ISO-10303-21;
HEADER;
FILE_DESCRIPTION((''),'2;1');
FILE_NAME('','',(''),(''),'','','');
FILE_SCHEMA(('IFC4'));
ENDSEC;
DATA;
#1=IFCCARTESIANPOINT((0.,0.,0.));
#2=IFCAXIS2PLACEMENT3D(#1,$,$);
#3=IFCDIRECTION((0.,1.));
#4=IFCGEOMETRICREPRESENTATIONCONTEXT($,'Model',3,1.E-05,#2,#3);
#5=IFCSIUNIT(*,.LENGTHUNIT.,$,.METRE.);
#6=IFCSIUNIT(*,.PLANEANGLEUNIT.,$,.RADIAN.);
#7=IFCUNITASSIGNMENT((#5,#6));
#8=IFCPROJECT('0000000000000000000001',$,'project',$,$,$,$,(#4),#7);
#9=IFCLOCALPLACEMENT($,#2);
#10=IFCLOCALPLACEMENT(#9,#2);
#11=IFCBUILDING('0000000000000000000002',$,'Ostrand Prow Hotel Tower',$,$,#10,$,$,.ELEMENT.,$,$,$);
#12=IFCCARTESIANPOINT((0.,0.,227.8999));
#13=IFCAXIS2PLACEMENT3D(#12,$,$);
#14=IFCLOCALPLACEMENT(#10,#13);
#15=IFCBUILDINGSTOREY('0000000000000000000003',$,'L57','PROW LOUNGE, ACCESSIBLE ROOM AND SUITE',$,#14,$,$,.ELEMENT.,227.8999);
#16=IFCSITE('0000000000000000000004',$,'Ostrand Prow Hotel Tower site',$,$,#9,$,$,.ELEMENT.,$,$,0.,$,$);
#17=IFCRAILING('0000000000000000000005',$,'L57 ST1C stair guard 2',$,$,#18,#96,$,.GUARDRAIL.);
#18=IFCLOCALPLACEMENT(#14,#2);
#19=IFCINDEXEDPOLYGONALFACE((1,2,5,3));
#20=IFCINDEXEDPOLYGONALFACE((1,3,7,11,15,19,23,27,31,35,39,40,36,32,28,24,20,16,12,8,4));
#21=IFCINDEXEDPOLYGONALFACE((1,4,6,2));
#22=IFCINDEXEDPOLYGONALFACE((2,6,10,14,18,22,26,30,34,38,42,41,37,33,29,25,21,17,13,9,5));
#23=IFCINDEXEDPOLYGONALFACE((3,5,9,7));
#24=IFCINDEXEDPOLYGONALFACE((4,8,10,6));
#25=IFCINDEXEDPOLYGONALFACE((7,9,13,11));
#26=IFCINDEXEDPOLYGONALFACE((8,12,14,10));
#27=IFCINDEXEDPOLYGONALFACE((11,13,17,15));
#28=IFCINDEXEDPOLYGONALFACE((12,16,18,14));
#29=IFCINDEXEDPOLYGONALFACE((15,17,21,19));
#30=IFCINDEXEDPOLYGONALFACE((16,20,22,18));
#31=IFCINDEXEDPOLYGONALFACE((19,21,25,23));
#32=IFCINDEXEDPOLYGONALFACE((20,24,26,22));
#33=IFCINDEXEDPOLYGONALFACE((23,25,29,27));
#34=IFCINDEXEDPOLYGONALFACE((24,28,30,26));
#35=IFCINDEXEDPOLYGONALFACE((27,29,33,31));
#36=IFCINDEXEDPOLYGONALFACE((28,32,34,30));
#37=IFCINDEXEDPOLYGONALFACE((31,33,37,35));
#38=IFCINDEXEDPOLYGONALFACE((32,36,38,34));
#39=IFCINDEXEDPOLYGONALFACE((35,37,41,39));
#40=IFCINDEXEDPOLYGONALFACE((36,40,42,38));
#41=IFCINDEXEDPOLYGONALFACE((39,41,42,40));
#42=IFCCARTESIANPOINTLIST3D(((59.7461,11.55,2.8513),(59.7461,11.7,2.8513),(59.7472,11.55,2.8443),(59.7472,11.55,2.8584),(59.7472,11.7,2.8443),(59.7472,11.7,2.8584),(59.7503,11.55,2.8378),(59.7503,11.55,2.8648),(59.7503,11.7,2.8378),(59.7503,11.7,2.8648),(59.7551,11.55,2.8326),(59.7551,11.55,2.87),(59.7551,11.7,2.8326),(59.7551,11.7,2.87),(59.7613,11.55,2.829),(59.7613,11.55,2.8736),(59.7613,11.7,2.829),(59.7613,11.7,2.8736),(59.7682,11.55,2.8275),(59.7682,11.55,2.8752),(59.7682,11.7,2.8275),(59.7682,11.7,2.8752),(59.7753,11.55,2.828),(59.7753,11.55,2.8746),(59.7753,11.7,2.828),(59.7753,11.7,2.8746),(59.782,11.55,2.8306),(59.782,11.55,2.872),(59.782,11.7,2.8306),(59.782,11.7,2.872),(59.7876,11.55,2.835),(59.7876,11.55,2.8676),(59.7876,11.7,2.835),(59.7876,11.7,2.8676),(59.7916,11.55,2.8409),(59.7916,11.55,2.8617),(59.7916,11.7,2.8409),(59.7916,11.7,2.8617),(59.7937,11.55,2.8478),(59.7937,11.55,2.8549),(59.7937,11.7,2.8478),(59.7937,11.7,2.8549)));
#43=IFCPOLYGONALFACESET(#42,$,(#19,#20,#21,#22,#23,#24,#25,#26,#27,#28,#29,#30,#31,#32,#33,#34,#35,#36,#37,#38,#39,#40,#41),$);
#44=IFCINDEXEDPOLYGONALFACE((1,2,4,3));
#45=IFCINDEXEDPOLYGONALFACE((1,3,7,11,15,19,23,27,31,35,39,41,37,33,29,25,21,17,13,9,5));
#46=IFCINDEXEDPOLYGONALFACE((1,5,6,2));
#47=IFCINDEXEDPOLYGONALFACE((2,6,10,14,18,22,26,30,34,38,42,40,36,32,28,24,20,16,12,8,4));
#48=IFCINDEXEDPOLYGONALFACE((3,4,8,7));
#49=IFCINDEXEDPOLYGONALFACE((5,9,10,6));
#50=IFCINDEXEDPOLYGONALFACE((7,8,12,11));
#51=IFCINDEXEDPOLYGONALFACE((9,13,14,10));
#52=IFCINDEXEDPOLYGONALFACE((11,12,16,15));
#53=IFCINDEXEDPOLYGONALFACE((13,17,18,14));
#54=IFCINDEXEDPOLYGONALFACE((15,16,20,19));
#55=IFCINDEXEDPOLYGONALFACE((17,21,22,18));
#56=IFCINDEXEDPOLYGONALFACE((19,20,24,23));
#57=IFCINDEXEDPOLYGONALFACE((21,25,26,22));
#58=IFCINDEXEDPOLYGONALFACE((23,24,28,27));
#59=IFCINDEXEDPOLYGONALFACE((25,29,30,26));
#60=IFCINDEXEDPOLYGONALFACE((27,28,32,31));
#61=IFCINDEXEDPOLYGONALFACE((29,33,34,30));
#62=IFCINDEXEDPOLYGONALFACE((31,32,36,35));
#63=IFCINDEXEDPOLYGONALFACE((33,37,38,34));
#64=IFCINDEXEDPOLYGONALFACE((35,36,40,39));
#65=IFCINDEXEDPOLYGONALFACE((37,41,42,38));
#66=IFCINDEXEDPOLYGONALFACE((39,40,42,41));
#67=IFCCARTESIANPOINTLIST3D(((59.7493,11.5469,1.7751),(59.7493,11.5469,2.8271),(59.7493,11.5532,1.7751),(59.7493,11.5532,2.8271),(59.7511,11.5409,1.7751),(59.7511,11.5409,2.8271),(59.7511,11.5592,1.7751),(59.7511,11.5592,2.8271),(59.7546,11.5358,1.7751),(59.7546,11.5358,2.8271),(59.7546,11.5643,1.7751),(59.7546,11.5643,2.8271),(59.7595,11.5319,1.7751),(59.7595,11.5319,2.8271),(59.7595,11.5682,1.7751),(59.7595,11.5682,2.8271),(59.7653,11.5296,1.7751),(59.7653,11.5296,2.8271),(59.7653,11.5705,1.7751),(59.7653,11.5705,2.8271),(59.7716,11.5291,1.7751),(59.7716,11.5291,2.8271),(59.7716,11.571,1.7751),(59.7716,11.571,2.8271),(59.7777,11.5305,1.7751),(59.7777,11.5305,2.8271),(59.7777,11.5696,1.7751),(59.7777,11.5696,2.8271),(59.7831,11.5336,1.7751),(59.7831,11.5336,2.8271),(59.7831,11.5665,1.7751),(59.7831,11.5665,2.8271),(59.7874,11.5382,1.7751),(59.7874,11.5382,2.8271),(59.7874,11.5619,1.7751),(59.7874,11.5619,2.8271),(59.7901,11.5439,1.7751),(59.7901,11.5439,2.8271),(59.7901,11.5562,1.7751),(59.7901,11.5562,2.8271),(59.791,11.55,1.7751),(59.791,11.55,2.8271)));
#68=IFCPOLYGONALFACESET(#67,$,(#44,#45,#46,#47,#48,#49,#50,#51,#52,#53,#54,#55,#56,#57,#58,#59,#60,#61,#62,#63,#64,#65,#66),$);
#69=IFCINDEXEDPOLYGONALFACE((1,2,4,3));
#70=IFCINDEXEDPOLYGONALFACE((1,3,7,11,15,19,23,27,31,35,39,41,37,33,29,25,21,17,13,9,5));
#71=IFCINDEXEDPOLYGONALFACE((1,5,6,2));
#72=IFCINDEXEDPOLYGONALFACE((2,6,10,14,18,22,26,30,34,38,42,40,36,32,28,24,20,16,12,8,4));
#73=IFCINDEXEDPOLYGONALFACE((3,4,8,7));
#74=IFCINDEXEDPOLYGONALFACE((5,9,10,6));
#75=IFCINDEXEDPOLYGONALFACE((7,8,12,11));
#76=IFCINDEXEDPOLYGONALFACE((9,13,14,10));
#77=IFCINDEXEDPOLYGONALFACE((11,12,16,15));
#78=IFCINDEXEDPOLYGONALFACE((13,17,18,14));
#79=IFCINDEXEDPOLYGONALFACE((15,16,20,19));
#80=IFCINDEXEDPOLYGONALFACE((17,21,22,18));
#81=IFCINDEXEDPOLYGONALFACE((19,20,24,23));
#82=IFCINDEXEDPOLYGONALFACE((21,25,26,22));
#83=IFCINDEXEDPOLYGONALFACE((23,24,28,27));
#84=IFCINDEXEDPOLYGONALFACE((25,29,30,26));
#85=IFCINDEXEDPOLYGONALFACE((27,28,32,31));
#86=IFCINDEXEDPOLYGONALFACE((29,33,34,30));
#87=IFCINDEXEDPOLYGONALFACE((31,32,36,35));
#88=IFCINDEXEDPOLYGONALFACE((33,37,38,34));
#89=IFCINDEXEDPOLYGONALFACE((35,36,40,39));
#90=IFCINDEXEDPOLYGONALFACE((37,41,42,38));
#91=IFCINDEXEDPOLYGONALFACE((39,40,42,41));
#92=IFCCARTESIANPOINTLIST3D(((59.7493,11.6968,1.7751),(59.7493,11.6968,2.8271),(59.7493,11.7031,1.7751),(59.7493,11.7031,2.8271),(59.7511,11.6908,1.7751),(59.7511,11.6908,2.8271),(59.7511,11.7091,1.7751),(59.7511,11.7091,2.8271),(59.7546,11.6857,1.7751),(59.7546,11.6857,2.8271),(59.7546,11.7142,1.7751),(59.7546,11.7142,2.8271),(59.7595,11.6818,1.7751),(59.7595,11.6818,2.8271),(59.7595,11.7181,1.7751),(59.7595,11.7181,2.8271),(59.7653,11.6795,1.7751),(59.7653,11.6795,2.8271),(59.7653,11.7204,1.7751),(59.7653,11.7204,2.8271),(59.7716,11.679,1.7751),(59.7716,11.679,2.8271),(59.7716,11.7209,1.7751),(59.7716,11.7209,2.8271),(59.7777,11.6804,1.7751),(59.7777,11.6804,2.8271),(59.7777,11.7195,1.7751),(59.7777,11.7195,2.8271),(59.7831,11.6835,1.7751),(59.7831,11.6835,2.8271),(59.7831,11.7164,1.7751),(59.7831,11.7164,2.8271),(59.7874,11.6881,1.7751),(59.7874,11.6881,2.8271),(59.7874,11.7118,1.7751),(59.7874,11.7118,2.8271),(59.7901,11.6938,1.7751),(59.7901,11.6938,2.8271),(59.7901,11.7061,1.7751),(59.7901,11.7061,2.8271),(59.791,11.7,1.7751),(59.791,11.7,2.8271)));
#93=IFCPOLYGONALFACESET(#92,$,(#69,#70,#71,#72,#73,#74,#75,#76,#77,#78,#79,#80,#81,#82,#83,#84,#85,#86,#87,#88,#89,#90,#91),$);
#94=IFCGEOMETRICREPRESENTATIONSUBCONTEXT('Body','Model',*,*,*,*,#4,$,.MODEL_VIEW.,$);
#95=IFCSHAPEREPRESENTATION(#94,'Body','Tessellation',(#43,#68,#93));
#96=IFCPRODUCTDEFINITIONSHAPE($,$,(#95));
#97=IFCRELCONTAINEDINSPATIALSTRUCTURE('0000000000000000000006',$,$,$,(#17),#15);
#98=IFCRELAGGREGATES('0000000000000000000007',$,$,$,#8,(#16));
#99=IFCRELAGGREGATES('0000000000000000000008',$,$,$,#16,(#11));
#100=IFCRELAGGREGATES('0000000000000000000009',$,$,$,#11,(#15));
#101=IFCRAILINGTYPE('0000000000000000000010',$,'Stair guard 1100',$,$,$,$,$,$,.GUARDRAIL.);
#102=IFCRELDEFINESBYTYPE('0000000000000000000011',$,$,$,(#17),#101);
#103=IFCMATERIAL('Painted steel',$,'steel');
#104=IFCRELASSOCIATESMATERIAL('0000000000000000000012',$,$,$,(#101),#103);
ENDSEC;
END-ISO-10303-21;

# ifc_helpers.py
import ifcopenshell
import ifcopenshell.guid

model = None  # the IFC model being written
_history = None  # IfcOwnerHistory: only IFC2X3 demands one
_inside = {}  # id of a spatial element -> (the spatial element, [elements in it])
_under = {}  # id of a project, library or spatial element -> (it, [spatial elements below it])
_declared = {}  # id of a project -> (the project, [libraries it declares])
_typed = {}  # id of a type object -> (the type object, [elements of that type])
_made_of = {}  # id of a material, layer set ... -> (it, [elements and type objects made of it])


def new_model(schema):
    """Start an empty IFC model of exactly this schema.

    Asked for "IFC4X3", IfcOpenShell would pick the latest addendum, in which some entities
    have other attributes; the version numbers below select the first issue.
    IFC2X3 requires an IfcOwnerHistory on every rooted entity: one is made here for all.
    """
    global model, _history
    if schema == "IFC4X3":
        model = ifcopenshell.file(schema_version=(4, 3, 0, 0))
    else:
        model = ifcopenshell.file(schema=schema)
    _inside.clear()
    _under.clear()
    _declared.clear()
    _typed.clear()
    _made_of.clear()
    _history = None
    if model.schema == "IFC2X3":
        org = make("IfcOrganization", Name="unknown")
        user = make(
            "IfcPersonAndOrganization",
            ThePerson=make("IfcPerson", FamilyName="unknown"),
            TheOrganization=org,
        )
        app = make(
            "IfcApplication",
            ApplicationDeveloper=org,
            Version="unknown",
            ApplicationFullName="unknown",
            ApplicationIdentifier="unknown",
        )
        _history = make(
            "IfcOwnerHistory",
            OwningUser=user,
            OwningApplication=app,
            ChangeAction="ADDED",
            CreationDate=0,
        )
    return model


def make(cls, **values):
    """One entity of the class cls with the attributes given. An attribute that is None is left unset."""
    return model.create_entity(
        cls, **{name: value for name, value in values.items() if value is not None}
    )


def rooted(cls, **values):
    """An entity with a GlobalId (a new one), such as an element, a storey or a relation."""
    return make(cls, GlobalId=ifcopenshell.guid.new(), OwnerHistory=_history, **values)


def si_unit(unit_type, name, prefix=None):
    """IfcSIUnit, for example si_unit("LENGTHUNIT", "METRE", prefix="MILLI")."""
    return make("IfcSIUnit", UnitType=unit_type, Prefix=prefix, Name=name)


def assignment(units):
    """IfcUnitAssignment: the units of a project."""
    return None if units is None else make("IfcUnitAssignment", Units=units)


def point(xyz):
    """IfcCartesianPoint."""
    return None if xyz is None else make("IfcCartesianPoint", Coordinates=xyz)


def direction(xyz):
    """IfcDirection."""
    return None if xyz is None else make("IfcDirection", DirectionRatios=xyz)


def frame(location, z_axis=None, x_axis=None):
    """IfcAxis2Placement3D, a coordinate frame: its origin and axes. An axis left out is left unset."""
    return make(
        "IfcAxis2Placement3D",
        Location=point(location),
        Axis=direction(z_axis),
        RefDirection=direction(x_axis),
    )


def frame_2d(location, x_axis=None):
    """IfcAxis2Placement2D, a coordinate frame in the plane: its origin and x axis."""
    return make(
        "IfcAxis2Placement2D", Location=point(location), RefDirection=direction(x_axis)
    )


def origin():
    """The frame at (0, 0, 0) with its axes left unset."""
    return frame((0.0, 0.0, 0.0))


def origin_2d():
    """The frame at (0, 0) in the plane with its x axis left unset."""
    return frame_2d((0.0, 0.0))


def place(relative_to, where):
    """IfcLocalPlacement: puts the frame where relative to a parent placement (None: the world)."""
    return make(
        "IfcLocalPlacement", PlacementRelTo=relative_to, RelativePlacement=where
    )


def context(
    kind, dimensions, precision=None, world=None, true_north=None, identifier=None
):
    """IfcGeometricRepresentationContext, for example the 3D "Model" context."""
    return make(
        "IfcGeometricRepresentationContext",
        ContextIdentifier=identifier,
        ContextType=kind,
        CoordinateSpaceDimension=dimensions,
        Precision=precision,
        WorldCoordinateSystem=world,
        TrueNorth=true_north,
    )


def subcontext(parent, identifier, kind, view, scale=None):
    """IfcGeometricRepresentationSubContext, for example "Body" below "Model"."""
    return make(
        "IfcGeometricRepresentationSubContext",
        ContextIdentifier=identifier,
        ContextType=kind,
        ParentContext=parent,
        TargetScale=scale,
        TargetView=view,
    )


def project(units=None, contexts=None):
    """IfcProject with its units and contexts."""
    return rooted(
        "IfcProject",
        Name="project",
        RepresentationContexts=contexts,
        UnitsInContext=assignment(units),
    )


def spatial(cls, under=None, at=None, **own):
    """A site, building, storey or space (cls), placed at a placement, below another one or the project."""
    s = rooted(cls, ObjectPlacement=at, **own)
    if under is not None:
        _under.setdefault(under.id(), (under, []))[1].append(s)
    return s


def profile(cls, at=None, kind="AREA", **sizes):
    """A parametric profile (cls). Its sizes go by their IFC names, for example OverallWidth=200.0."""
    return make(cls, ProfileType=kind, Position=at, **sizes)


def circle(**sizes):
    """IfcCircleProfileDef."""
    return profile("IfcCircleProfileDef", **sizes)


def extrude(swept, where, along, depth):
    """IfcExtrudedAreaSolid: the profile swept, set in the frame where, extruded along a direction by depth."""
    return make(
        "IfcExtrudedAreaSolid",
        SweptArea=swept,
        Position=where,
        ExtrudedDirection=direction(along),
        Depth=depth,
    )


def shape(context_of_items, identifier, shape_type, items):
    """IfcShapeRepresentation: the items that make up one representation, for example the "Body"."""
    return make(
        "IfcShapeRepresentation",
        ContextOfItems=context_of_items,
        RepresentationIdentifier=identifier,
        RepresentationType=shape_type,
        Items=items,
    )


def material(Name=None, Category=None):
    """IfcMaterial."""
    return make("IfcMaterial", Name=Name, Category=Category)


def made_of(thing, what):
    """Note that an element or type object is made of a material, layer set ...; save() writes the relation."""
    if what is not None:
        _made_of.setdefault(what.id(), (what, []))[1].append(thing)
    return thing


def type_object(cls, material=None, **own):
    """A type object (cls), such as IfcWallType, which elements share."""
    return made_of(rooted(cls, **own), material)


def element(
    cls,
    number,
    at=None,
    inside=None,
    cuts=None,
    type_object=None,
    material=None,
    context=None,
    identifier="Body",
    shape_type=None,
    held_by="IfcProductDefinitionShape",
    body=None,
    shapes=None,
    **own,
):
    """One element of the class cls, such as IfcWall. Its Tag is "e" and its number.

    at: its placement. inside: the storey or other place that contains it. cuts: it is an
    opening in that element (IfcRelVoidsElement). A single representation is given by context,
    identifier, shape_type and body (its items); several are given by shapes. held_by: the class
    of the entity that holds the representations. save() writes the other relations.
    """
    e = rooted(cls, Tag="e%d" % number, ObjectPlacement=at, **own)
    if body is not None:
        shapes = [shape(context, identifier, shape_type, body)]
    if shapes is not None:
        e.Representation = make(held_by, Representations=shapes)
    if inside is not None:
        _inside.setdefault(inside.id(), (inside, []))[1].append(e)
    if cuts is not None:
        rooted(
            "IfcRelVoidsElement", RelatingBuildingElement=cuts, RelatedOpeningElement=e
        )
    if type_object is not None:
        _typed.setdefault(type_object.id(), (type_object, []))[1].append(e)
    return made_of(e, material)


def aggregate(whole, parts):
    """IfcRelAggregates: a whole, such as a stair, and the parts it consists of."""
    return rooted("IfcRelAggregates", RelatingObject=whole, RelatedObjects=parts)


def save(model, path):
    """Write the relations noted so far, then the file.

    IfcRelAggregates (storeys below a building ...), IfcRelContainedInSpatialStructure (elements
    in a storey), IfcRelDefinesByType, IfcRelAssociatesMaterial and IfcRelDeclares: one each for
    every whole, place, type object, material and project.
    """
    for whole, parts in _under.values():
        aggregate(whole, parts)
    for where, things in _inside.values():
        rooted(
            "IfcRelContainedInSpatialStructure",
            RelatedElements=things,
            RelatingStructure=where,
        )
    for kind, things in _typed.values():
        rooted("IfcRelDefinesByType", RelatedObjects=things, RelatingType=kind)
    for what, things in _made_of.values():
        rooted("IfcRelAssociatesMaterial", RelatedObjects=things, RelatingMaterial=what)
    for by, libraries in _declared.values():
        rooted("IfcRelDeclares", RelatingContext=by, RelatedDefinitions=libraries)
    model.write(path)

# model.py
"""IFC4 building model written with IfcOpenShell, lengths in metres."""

from ifc_helpers import new_model, si_unit, direction, frame, origin, origin_2d, place, context, subcontext, project, spatial, circle, extrude, material, type_object, element, save


model = new_model("IFC4")

# Units and contexts
model_context = context("Model", 3, precision=1e-05, world=origin(), true_north=direction((0.0, 1.0)))
body_context = subcontext(model_context, "Body", "Model", "MODEL_VIEW")
ifc_project = project(units=[si_unit("LENGTHUNIT", "METRE"), si_unit("PLANEANGLEUNIT", "RADIAN")], contexts=[model_context])

# Site, building, storey
site_placement = place(None, origin())
site = spatial("IfcSite", under=ifc_project, at=site_placement, Name="Ostrand Prow Hotel Tower site", CompositionType="ELEMENT", RefElevation=0.0)
building_placement = place(site_placement, origin())
building = spatial("IfcBuilding", under=site, at=building_placement, Name="Ostrand Prow Hotel Tower", CompositionType="ELEMENT")
storey_placement = place(building_placement, frame((0.0, 0.0, 227.8999)))
storey = spatial("IfcBuildingStorey", under=building, at=storey_placement, Name="L57", Description="PROW LOUNGE, ACCESSIBLE ROOM AND SUITE", CompositionType="ELEMENT", Elevation=227.8999)

# Railing
ifc_material_1 = material(Name="Painted steel", Category="steel")
railing_type_1 = type_object("IfcRailingType", Name="Stair guard 1100", PredefinedType="GUARDRAIL", material=ifc_material_1)
railing_1_placement = place(storey_placement, frame((59.77, 11.55, 1.7751)))
element("IfcRailing", 1, at=railing_1_placement, inside=storey, type_object=railing_type_1, Name="L57 ST1C stair guard 2", PredefinedType="GUARDRAIL", context=body_context, shape_type="SweptSolid", body=[
    extrude(circle(Radius=0.0239, at=origin_2d()), frame((0.0, 0.0, 1.0762), z_axis=(0.0, 1.0, 0.0), x_axis=(-1.0, 0.0, 0.0)), (0.0, 0.0, 1.0), 0.1499),
    extrude(circle(Radius=0.021, at=origin_2d()), origin(), (0.0, 0.0, 1.0), 1.052),
    extrude(circle(Radius=0.021, at=origin_2d()), frame((0.0, 0.1499, 0.0)), (0.0, 0.0, 1.0), 1.052),
])

save(model, "model.ifc")
